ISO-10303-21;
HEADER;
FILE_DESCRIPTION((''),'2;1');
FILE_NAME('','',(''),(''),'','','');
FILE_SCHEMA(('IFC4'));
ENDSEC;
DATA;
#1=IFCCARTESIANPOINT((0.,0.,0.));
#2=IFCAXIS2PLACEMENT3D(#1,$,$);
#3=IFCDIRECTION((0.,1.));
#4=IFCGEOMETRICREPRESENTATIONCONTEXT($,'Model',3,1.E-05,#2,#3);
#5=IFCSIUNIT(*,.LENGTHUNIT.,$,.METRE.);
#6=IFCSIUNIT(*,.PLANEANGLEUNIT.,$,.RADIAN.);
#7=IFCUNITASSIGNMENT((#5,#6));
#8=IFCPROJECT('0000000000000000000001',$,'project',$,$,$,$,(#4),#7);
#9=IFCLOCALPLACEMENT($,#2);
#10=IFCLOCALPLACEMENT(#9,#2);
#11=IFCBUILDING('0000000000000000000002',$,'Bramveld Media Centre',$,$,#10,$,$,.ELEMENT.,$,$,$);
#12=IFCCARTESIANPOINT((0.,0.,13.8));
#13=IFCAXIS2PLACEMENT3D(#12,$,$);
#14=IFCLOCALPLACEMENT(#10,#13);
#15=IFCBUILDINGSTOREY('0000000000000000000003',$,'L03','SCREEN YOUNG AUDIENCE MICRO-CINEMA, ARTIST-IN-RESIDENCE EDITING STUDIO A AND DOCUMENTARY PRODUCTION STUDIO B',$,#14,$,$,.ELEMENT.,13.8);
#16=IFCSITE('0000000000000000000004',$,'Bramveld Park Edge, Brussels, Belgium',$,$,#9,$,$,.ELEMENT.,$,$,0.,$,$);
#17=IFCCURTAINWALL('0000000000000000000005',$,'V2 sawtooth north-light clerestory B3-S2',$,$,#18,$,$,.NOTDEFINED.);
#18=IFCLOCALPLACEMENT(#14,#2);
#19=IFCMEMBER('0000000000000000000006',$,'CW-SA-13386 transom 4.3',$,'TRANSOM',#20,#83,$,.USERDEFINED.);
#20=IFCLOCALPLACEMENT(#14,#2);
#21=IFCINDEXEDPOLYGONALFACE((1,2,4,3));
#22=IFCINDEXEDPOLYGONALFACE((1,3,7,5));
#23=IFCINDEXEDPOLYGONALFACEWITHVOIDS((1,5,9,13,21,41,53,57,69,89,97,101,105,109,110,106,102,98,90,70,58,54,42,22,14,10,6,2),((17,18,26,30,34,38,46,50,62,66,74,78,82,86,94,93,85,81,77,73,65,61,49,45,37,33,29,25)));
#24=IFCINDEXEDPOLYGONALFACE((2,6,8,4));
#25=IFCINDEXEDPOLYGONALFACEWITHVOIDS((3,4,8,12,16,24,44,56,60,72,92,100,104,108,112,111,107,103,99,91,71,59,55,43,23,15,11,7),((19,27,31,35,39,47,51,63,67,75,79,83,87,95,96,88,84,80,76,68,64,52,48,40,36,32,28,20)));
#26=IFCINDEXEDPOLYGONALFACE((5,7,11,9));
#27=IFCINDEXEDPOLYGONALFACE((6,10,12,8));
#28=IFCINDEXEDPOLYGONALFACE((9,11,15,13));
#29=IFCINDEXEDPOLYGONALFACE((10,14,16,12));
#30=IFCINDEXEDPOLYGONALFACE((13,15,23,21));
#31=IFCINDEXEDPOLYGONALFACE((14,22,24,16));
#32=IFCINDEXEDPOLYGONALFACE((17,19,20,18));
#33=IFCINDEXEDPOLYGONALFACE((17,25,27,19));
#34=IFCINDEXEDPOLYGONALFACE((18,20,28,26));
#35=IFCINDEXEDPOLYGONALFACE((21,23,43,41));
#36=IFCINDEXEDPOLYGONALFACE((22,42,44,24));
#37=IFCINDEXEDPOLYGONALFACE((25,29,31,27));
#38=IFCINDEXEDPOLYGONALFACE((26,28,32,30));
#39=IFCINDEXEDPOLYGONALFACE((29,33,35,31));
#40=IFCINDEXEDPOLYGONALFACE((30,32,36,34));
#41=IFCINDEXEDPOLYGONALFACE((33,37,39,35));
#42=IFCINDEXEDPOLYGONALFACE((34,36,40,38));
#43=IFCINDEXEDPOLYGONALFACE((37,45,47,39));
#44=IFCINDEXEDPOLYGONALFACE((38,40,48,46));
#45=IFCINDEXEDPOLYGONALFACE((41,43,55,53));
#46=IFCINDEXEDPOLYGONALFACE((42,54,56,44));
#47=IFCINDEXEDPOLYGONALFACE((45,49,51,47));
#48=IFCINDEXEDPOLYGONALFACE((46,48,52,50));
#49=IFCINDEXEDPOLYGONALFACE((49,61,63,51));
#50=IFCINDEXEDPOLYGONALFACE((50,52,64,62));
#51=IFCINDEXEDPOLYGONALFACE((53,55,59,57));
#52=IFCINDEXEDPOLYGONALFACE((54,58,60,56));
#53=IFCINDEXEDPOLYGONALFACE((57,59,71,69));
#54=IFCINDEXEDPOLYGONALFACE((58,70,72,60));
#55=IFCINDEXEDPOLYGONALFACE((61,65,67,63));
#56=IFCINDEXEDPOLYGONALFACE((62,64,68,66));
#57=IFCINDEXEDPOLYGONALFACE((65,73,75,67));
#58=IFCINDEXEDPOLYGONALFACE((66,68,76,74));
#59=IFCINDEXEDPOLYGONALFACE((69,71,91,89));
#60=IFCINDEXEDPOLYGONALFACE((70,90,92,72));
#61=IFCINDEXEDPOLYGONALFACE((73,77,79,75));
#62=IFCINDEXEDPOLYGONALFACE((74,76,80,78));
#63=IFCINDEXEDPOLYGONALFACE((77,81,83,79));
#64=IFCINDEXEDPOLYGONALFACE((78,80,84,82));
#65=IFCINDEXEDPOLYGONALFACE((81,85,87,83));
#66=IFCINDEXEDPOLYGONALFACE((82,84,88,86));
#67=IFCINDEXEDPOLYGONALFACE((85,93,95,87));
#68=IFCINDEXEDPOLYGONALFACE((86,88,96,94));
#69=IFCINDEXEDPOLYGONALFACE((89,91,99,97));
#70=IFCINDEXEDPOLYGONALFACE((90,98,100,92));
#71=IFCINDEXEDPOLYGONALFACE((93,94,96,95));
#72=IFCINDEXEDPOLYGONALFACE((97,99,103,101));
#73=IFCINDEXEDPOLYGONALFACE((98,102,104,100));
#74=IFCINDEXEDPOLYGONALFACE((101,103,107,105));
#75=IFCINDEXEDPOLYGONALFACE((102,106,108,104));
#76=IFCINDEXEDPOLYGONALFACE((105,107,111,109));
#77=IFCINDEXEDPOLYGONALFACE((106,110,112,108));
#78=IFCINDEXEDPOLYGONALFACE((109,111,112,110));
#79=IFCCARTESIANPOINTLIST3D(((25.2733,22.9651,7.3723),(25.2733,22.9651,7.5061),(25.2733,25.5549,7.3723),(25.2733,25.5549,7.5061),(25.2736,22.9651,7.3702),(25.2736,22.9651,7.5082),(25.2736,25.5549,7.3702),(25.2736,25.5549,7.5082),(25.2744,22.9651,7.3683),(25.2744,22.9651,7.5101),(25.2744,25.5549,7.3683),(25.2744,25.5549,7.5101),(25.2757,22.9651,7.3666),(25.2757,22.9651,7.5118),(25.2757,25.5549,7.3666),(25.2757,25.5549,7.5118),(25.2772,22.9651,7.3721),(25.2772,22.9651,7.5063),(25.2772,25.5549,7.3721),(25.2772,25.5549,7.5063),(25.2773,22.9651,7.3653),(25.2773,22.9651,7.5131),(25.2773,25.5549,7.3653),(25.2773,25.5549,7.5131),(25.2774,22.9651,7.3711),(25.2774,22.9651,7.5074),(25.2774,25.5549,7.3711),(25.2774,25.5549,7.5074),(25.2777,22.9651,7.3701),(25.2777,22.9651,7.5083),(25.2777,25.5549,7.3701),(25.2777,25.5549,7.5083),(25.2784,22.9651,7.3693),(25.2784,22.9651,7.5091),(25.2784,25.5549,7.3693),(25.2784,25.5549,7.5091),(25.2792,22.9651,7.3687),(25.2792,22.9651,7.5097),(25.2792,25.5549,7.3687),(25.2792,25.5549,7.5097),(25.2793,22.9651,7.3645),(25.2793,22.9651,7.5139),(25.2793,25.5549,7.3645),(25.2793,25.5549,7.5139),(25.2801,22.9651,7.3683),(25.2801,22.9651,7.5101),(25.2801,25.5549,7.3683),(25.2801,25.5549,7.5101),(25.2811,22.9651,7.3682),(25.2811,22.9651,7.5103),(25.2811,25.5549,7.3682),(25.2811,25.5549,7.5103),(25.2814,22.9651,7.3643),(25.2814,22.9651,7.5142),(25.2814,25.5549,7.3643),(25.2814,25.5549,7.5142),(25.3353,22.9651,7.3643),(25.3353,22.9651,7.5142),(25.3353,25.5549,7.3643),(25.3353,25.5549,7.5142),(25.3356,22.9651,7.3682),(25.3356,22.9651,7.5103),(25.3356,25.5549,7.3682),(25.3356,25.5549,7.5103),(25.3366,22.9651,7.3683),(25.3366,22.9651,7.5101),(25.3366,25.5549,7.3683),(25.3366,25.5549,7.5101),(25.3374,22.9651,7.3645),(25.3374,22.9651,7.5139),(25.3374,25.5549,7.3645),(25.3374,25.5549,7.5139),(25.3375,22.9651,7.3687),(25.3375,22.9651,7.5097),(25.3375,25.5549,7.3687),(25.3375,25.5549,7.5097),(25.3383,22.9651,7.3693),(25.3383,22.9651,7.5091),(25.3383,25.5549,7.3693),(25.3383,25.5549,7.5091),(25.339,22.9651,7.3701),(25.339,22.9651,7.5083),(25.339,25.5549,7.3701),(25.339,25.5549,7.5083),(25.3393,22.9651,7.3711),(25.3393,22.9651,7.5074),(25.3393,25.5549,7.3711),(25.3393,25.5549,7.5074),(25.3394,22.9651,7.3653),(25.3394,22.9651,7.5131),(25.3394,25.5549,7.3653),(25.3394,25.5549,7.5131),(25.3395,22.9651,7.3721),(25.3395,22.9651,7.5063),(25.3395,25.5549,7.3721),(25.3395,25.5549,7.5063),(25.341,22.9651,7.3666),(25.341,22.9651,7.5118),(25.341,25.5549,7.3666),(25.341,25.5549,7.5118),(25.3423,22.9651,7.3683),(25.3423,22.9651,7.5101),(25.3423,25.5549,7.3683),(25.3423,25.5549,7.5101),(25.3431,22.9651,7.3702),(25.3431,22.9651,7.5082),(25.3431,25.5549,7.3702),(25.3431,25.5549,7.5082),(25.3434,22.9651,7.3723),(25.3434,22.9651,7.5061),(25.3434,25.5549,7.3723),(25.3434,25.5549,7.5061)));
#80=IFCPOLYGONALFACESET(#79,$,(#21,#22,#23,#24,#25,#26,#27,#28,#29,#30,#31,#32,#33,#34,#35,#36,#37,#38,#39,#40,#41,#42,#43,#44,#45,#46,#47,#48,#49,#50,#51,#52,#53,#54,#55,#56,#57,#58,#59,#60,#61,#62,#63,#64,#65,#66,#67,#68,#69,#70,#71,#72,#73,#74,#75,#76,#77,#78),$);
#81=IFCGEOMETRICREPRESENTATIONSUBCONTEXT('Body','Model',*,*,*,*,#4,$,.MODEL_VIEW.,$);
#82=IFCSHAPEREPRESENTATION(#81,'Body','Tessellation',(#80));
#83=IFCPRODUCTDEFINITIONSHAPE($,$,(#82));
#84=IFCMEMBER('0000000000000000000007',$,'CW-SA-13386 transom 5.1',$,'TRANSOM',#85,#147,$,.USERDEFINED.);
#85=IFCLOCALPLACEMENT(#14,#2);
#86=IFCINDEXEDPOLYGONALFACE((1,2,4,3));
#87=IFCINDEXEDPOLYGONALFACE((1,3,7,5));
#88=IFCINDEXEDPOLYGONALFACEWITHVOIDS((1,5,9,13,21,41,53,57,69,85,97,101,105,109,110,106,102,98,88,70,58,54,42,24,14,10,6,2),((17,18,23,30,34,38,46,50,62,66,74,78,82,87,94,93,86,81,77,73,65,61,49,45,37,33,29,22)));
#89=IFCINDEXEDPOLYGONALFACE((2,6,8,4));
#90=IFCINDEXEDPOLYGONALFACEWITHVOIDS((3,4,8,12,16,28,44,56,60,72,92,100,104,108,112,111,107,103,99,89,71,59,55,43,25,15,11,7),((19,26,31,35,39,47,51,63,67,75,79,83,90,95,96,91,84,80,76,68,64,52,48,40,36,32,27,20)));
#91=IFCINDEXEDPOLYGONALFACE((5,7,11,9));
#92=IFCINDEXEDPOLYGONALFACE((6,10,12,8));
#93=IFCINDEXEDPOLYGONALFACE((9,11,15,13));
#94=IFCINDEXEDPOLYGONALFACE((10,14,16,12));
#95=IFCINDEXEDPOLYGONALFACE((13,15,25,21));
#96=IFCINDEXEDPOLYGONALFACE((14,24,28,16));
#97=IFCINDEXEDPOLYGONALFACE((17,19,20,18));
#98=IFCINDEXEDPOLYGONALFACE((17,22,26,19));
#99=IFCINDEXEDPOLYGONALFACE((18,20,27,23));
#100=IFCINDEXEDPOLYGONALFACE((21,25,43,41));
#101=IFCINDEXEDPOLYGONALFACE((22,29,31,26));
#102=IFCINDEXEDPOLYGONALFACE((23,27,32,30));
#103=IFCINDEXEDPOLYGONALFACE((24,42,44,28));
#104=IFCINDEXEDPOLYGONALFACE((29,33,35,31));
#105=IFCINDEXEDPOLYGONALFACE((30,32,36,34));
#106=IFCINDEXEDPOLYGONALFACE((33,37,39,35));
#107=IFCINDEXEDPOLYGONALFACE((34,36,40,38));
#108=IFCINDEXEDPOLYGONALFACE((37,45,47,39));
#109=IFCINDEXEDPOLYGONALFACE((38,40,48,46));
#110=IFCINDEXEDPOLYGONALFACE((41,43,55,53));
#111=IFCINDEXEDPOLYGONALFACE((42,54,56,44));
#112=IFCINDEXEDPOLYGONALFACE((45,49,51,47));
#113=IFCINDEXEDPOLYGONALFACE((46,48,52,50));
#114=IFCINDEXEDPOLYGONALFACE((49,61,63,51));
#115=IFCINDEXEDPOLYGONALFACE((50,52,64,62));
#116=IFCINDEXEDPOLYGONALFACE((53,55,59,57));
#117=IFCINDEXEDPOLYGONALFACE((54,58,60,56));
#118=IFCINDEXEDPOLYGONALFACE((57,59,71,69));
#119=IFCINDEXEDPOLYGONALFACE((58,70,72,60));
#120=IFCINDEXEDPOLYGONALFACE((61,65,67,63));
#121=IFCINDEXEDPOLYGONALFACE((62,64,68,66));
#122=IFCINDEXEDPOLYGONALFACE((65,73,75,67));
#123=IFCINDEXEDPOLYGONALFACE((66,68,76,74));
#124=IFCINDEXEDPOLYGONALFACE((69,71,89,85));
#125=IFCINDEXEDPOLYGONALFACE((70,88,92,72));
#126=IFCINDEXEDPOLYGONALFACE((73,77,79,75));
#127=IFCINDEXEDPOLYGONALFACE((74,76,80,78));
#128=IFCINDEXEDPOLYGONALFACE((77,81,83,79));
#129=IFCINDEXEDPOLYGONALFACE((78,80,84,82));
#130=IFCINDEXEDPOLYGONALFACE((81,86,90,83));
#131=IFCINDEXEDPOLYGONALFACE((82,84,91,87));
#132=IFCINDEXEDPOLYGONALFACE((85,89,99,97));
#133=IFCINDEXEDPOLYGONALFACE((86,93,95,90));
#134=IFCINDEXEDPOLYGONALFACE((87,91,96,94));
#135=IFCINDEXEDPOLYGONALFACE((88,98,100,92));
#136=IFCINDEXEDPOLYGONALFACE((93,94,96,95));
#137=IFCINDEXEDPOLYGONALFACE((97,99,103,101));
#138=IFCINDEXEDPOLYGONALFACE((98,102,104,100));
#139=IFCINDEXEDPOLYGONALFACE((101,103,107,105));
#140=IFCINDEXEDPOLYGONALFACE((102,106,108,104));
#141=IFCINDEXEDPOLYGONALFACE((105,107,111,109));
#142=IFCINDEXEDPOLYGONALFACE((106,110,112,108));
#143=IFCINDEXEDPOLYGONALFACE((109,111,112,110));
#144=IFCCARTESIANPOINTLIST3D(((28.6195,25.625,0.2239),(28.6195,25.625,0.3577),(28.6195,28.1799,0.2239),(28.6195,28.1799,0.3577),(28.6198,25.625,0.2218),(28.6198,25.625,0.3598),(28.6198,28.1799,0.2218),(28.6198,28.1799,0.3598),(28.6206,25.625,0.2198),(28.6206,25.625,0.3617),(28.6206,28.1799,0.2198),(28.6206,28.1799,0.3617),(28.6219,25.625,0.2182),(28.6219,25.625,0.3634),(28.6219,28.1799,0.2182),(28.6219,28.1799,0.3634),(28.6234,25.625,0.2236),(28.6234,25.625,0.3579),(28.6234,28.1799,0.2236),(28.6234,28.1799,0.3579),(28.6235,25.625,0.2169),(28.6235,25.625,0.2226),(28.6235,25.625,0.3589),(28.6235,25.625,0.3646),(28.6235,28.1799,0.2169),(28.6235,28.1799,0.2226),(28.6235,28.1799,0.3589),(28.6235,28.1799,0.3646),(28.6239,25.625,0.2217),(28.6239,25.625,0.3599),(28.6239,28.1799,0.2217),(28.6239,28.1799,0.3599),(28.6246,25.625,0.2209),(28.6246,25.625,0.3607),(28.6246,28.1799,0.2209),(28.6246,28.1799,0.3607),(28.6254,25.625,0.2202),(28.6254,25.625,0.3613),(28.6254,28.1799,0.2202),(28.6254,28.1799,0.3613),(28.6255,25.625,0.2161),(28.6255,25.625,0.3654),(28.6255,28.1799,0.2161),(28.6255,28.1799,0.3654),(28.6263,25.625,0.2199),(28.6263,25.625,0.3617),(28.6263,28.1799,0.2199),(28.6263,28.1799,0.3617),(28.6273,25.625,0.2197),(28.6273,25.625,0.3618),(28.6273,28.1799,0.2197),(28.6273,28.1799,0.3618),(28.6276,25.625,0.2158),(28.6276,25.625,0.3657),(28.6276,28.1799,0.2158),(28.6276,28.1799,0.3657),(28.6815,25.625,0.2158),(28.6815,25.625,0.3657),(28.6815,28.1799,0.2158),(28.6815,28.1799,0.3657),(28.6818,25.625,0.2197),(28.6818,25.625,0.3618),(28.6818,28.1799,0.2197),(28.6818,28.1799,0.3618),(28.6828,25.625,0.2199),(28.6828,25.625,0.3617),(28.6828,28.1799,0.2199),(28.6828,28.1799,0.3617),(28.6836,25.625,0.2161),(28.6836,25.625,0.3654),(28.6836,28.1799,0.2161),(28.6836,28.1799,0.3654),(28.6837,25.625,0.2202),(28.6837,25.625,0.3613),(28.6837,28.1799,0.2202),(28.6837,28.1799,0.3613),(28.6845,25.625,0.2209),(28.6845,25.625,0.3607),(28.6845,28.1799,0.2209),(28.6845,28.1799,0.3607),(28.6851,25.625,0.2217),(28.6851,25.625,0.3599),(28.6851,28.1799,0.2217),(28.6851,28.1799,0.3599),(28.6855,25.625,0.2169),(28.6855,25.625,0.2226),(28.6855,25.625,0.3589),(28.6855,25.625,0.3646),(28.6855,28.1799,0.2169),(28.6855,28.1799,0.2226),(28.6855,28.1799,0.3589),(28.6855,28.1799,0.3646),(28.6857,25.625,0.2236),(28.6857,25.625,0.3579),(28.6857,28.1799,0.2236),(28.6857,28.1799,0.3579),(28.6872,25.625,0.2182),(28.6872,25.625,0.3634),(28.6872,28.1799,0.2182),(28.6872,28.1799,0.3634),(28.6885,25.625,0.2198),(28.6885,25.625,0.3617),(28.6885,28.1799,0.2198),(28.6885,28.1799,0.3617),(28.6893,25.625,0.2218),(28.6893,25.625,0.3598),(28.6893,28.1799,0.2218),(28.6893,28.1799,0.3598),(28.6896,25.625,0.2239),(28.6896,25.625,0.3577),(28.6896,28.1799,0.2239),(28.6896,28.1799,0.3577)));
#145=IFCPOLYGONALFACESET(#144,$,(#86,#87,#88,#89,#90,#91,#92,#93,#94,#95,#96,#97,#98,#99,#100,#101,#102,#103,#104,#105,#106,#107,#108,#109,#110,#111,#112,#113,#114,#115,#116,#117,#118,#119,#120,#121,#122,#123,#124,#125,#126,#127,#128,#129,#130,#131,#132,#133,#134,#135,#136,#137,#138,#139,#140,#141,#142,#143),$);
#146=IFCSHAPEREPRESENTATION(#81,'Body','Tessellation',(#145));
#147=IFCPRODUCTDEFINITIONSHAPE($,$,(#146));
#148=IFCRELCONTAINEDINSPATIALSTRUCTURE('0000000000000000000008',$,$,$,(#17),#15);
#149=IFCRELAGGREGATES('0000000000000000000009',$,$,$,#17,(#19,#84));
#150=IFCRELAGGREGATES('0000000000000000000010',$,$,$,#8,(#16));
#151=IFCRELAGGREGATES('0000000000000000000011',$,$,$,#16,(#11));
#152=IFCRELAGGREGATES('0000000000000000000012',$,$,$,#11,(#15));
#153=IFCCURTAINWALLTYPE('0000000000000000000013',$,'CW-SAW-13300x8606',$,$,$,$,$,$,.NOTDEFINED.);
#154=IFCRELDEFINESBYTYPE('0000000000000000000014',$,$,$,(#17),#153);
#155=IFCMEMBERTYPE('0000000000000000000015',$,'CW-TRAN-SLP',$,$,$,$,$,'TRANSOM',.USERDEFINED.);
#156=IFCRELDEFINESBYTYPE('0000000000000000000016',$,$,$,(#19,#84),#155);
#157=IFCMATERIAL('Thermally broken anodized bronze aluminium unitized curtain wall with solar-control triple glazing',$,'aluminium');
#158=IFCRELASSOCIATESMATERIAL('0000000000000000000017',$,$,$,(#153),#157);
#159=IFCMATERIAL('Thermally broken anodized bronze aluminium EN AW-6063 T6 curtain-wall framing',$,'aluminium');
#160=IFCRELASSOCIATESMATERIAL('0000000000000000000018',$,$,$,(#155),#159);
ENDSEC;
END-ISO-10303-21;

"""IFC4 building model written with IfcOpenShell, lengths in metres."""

from ifc_helpers import new_model, si_unit, direction, frame, origin, origin_2d, place, context, subcontext, project, spatial, hollow_rectangle, extrude, material, material_profile, profile_set, type_object, element, aggregate, save


model = new_model("IFC4")

# Units and contexts
model_context = context("Model", 3, precision=1e-05, world=origin(), true_north=direction((0.0, 1.0)))
body_context = subcontext(model_context, "Body", "Model", "MODEL_VIEW")
ifc_project = project(units=[si_unit("LENGTHUNIT", "METRE"), si_unit("PLANEANGLEUNIT", "RADIAN")], contexts=[model_context])

# Site, building, storey
site_placement = place(None, origin())
site = spatial("IfcSite", under=ifc_project, at=site_placement, Name="Bramveld Park Edge, Brussels, Belgium", CompositionType="ELEMENT", RefElevation=0.0)
building_placement = place(site_placement, origin())
building = spatial("IfcBuilding", under=site, at=building_placement, Name="Bramveld Media Centre", CompositionType="ELEMENT")
storey_placement = place(building_placement, frame((0.0, 0.0, 13.8)))
storey = spatial("IfcBuildingStorey", under=building, at=storey_placement, Name="L03", Description="SCREEN YOUNG AUDIENCE MICRO-CINEMA, ARTIST-IN-RESIDENCE EDITING STUDIO A AND DOCUMENTARY PRODUCTION STUDIO B", CompositionType="ELEMENT", Elevation=13.8)

# Shared definitions
ifc_material_1 = material(Name="Thermally broken anodized bronze aluminium unitized curtain wall with solar-control triple glazing", Category="aluminium")
curtain_wall_type_1 = type_object("IfcCurtainWallType", Name="CW-SAW-13300x8606", PredefinedType="NOTDEFINED", material=ifc_material_1)

# Curtain wall
curtain_wall_1_placement = place(storey_placement, origin())
curtain_wall_1 = element("IfcCurtainWall", 1, at=curtain_wall_1_placement, inside=storey, type_object=curtain_wall_type_1, Name="V2 sawtooth north-light clerestory B3-S2", PredefinedType="NOTDEFINED")

# Members
ifc_material_2 = material(Name="Thermally broken anodized bronze aluminium EN AW-6063 T6 curtain-wall framing", Category="aluminium")
ifc_material_profile_1 = material_profile(ifc_material_2, hollow_rectangle(XDim=0.0701, YDim=0.1499, WallThickness=0.0039, InnerFilletRadius=0.0039, OuterFilletRadius=0.0081, at=origin_2d()), Name="AL-TRAN 70x150")
ifc_profile_set_1 = profile_set([ifc_material_profile_1], Name="Thermally broken anodized bronze aluminium EN AW-6063 T6 curtain-wall framing")
member_type_1 = type_object("IfcMemberType", Name="CW-TRAN-SLP", ElementType="TRANSOM", PredefinedType="USERDEFINED", material=ifc_profile_set_1)
member_1_placement = place(storey_placement, frame((25.3083, 22.9651, 7.4392), z_axis=(0.0, 1.0, 0.0), x_axis=(-1.0, 0.0, 0.0)))
member_1 = element("IfcMember", 2, at=member_1_placement, type_object=member_type_1, Name="CW-SA-13386 transom 4.3", ObjectType="TRANSOM", PredefinedType="USERDEFINED", context=body_context, shape_type="SweptSolid", body=[
    extrude(hollow_rectangle(XDim=0.0701, YDim=0.1499, WallThickness=0.0039, InnerFilletRadius=0.0039, OuterFilletRadius=0.0081, at=origin_2d()), origin(), (0.0, 0.0, 1.0), 2.5898),
])
member_2_placement = place(storey_placement, frame((28.6545, 25.625, 0.2908), z_axis=(0.0, 1.0, 0.0), x_axis=(-1.0, 0.0, 0.0)))
member_2 = element("IfcMember", 3, at=member_2_placement, type_object=member_type_1, Name="CW-SA-13386 transom 5.1", ObjectType="TRANSOM", PredefinedType="USERDEFINED", context=body_context, shape_type="SweptSolid", body=[
    extrude(hollow_rectangle(XDim=0.0701, YDim=0.1499, WallThickness=0.0039, InnerFilletRadius=0.0039, OuterFilletRadius=0.0081, at=origin_2d()), origin(), (0.0, 0.0, 1.0), 2.5549),
])

aggregate(curtain_wall_1, [member_1, member_2])

save(model, "model.ifc")
